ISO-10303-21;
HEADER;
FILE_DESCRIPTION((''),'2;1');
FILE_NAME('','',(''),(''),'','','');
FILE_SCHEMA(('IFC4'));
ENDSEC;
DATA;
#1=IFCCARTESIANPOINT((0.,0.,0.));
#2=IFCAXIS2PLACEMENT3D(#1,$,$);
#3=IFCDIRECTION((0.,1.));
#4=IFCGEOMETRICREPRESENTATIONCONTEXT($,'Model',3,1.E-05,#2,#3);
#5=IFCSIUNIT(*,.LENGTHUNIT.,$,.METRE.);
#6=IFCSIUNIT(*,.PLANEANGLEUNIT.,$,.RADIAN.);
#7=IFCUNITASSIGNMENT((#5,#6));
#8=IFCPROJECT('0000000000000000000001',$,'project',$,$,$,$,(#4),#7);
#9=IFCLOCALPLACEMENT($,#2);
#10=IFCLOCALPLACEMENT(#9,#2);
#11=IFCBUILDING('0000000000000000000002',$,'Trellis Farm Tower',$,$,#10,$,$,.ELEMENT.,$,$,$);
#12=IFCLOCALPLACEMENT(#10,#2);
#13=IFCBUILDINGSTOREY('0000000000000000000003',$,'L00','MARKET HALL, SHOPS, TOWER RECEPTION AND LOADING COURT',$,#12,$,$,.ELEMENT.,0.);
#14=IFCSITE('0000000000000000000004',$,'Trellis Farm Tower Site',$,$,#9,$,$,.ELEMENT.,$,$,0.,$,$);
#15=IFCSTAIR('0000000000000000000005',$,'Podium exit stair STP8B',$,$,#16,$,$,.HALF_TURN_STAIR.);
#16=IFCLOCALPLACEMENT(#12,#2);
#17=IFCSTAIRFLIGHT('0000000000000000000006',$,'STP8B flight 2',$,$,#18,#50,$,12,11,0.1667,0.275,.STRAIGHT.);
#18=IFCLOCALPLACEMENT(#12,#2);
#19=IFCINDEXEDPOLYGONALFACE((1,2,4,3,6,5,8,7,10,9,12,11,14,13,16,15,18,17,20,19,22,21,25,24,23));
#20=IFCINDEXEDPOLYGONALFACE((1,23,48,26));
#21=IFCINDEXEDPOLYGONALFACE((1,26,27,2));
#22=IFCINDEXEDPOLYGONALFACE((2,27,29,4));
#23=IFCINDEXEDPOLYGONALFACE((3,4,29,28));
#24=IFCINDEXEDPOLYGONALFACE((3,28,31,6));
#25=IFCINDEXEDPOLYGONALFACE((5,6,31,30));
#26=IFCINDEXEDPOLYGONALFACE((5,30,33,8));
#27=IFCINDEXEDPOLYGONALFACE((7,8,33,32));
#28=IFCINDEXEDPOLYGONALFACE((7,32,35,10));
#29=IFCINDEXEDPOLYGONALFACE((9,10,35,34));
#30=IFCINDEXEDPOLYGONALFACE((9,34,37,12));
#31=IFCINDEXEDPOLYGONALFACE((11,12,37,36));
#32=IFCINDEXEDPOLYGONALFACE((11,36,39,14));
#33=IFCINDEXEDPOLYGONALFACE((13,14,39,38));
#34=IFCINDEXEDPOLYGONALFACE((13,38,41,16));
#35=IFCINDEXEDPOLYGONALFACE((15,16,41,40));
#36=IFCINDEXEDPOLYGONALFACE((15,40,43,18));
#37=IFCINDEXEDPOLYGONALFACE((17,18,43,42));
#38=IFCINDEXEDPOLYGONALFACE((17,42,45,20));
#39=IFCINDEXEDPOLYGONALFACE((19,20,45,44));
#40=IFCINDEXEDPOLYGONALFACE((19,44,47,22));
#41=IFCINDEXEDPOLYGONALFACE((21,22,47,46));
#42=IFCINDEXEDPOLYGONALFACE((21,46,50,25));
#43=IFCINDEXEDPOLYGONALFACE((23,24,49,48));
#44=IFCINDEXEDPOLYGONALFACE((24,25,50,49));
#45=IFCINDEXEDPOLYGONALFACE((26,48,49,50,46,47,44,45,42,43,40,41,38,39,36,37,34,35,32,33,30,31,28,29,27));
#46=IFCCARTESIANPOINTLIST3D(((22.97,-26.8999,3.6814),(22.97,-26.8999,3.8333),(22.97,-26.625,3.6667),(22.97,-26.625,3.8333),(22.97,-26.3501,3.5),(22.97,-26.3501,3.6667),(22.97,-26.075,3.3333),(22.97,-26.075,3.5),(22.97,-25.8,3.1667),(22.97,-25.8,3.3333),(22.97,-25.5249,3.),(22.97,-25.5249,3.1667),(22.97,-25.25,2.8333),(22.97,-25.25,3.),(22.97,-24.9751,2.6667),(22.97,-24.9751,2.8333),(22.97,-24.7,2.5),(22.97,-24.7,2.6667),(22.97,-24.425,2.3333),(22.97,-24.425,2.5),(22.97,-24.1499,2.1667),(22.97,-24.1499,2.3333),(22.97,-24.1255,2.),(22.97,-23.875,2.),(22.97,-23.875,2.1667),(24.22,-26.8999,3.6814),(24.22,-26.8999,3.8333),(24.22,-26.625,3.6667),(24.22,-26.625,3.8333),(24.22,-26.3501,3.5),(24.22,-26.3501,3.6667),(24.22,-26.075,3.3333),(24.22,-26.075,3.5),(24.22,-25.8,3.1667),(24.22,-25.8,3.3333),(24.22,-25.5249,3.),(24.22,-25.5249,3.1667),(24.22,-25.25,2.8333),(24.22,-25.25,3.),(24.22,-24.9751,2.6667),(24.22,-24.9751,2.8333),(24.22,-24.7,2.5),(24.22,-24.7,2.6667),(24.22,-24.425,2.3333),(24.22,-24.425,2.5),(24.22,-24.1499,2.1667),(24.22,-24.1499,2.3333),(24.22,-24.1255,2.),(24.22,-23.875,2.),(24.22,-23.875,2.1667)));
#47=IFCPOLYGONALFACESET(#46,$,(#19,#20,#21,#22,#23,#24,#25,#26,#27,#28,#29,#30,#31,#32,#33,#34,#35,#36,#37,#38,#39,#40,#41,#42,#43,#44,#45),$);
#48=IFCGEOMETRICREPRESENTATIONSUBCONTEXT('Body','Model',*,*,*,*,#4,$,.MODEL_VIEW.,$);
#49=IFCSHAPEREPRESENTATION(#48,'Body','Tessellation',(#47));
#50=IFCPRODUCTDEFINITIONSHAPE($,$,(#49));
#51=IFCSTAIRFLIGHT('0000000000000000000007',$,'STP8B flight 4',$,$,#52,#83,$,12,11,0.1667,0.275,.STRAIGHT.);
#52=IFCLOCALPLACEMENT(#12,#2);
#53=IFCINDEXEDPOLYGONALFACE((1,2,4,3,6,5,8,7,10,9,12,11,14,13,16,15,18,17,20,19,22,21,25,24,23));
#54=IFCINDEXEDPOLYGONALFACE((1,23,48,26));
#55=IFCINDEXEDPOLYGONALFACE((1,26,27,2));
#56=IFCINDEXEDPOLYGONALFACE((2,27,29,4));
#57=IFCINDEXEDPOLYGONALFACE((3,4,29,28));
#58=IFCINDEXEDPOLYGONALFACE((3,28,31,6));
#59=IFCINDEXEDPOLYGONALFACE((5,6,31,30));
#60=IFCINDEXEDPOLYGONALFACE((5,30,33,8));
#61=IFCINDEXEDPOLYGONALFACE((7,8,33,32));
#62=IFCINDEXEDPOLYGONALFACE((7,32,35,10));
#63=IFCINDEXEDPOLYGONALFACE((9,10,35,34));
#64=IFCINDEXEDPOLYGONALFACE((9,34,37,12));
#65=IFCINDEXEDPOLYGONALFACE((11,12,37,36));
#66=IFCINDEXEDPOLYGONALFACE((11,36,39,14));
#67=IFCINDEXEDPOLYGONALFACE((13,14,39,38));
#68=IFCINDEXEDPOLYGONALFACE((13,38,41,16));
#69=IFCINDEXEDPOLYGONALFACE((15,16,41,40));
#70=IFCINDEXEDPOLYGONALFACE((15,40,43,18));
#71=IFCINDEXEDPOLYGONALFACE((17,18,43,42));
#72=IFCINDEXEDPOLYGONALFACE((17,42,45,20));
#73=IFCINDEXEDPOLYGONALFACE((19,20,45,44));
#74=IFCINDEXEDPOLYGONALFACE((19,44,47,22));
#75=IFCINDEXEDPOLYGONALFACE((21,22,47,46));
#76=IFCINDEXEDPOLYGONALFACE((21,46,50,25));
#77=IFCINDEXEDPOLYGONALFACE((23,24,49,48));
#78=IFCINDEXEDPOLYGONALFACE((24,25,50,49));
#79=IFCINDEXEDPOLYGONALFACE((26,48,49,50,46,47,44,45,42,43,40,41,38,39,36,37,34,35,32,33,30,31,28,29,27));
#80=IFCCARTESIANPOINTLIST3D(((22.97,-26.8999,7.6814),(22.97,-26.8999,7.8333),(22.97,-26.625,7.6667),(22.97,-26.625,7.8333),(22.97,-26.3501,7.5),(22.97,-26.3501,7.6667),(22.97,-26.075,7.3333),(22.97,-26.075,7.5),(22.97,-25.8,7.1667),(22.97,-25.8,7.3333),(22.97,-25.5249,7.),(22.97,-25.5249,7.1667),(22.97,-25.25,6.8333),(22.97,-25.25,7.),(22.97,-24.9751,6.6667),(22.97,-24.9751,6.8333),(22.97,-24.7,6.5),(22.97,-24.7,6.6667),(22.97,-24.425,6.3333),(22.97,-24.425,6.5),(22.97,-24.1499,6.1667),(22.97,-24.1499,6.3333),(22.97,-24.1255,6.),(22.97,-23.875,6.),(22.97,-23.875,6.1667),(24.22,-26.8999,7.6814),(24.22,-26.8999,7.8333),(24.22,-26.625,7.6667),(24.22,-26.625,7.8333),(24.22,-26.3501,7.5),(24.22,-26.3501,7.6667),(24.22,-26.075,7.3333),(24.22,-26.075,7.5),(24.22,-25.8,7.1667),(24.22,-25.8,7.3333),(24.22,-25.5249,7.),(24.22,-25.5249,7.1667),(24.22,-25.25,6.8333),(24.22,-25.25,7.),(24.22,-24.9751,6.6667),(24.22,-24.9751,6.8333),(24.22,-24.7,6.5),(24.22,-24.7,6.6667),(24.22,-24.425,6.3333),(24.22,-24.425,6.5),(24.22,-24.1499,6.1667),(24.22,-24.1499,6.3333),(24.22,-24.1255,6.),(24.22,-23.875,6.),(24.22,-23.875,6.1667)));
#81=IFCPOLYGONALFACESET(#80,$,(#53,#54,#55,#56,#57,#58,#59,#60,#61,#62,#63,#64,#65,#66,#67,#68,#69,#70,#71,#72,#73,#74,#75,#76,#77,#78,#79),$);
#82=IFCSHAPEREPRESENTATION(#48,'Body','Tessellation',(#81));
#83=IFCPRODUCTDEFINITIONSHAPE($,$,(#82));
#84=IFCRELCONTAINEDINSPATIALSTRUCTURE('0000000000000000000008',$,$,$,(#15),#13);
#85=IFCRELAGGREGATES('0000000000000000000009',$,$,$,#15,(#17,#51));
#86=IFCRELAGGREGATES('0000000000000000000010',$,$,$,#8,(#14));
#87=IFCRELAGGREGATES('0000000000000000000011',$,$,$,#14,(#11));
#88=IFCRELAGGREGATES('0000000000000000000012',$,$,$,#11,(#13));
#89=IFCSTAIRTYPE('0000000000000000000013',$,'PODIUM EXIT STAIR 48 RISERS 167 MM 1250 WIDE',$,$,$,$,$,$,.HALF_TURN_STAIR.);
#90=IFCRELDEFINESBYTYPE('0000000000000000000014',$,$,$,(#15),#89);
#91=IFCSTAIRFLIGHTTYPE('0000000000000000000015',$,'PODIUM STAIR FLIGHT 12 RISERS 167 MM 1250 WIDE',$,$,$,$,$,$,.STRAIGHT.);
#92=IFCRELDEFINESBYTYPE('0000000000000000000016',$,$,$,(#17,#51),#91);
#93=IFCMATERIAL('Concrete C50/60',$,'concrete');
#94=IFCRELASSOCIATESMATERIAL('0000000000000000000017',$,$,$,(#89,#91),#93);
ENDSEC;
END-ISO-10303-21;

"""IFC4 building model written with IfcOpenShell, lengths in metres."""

from ifc_helpers import new_model, si_unit, direction, frame, origin, place, context, subcontext, project, spatial, polyline, outline, extrude, source, transform, mapped, material, type_object, element, aggregate, save


model = new_model("IFC4")

# Units and contexts
model_context = context("Model", 3, precision=1e-05, world=origin(), true_north=direction((0.0, 1.0)))
body_context = subcontext(model_context, "Body", "Model", "MODEL_VIEW")
ifc_project = project(units=[si_unit("LENGTHUNIT", "METRE"), si_unit("PLANEANGLEUNIT", "RADIAN")], contexts=[model_context])

# Site, building, storey
site_placement = place(None, origin())
site = spatial("IfcSite", under=ifc_project, at=site_placement, Name="Trellis Farm Tower Site", CompositionType="ELEMENT", RefElevation=0.0)
building_placement = place(site_placement, origin())
building = spatial("IfcBuilding", under=site, at=building_placement, Name="Trellis Farm Tower", CompositionType="ELEMENT")
storey_placement = place(building_placement, origin())
storey = spatial("IfcBuildingStorey", under=building, at=storey_placement, Name="L00", Description="MARKET HALL, SHOPS, TOWER RECEPTION AND LOADING COURT", CompositionType="ELEMENT", Elevation=0.0)

# Stair, stair flights
ifc_material_1 = material(Name="Concrete C50/60", Category="concrete")
stair_type = type_object("IfcStairType", Name="PODIUM EXIT STAIR 48 RISERS 167 MM 1250 WIDE", PredefinedType="HALF_TURN_STAIR", material=ifc_material_1)
placement = place(storey_placement, origin())
stair_flight_type = type_object("IfcStairFlightType", Name="PODIUM STAIR FLIGHT 12 RISERS 167 MM 1250 WIDE", PredefinedType="STRAIGHT", material=ifc_material_1)
shared_shape_1 = source(origin(), body_context, "Body", "SweptSolid", [
    extrude(outline(polyline([(0.0, 0.0), (0.0, 0.1667), (0.2749, 0.1667), (0.2749, 0.3333), (0.55, 0.3333), (0.55, 0.5), (0.825, 0.5), (0.825, 0.6667), (1.1001, 0.6667), (1.1001, 0.8333), (1.375, 0.8333), (1.375, 1.0), (1.6499, 1.0), (1.6499, 1.1667), (1.925, 1.1667), (1.925, 1.3333), (2.2, 1.3333), (2.2, 1.5), (2.4751, 1.5), (2.4751, 1.6667), (2.75, 1.6667), (2.75, 1.8333), (3.0249, 1.8333), (3.0249, 2.0), (3.0249, 1.6814), (0.2505, 0.0), (0.0, 0.0)])), frame((0.0, 0.625, 0.0), z_axis=(0.0, -1.0, 0.0), x_axis=(1.0, 0.0, 0.0)), (0.0, 0.0, 1.0), 1.25),
])
stair_1 = element("IfcStair", 1, at=placement, inside=storey, type_object=stair_type, Name="Podium exit stair STP8B", PredefinedType="HALF_TURN_STAIR")
stair_flight_1_placement = place(storey_placement, frame((23.595, -23.875, 2.0), z_axis=(0.0, 0.0, 1.0), x_axis=(0.0, -1.0, 0.0)))
stair_flight_1 = element("IfcStairFlight", 2, at=stair_flight_1_placement, type_object=stair_flight_type, Name="STP8B flight 2", NumberOfRisers=12, NumberOfTreads=11, PredefinedType="STRAIGHT", RiserHeight=0.1667, TreadLength=0.275, context=body_context, shape_type="MappedRepresentation", body=[
    mapped(shared_shape_1, transform((0.0, 0.0, 0.0))),
])
stair_flight_2_placement = place(storey_placement, frame((23.595, -23.875, 6.0), z_axis=(0.0, 0.0, 1.0), x_axis=(0.0, -1.0, 0.0)))
stair_flight_2 = element("IfcStairFlight", 3, at=stair_flight_2_placement, type_object=stair_flight_type, Name="STP8B flight 4", NumberOfRisers=12, NumberOfTreads=11, PredefinedType="STRAIGHT", RiserHeight=0.1667, TreadLength=0.275, context=body_context, shape_type="MappedRepresentation", body=[
    mapped(shared_shape_1, transform((0.0, 0.0, 0.0))),
])
aggregate(stair_1, [stair_flight_1, stair_flight_2])

save(model, "model.ifc")
